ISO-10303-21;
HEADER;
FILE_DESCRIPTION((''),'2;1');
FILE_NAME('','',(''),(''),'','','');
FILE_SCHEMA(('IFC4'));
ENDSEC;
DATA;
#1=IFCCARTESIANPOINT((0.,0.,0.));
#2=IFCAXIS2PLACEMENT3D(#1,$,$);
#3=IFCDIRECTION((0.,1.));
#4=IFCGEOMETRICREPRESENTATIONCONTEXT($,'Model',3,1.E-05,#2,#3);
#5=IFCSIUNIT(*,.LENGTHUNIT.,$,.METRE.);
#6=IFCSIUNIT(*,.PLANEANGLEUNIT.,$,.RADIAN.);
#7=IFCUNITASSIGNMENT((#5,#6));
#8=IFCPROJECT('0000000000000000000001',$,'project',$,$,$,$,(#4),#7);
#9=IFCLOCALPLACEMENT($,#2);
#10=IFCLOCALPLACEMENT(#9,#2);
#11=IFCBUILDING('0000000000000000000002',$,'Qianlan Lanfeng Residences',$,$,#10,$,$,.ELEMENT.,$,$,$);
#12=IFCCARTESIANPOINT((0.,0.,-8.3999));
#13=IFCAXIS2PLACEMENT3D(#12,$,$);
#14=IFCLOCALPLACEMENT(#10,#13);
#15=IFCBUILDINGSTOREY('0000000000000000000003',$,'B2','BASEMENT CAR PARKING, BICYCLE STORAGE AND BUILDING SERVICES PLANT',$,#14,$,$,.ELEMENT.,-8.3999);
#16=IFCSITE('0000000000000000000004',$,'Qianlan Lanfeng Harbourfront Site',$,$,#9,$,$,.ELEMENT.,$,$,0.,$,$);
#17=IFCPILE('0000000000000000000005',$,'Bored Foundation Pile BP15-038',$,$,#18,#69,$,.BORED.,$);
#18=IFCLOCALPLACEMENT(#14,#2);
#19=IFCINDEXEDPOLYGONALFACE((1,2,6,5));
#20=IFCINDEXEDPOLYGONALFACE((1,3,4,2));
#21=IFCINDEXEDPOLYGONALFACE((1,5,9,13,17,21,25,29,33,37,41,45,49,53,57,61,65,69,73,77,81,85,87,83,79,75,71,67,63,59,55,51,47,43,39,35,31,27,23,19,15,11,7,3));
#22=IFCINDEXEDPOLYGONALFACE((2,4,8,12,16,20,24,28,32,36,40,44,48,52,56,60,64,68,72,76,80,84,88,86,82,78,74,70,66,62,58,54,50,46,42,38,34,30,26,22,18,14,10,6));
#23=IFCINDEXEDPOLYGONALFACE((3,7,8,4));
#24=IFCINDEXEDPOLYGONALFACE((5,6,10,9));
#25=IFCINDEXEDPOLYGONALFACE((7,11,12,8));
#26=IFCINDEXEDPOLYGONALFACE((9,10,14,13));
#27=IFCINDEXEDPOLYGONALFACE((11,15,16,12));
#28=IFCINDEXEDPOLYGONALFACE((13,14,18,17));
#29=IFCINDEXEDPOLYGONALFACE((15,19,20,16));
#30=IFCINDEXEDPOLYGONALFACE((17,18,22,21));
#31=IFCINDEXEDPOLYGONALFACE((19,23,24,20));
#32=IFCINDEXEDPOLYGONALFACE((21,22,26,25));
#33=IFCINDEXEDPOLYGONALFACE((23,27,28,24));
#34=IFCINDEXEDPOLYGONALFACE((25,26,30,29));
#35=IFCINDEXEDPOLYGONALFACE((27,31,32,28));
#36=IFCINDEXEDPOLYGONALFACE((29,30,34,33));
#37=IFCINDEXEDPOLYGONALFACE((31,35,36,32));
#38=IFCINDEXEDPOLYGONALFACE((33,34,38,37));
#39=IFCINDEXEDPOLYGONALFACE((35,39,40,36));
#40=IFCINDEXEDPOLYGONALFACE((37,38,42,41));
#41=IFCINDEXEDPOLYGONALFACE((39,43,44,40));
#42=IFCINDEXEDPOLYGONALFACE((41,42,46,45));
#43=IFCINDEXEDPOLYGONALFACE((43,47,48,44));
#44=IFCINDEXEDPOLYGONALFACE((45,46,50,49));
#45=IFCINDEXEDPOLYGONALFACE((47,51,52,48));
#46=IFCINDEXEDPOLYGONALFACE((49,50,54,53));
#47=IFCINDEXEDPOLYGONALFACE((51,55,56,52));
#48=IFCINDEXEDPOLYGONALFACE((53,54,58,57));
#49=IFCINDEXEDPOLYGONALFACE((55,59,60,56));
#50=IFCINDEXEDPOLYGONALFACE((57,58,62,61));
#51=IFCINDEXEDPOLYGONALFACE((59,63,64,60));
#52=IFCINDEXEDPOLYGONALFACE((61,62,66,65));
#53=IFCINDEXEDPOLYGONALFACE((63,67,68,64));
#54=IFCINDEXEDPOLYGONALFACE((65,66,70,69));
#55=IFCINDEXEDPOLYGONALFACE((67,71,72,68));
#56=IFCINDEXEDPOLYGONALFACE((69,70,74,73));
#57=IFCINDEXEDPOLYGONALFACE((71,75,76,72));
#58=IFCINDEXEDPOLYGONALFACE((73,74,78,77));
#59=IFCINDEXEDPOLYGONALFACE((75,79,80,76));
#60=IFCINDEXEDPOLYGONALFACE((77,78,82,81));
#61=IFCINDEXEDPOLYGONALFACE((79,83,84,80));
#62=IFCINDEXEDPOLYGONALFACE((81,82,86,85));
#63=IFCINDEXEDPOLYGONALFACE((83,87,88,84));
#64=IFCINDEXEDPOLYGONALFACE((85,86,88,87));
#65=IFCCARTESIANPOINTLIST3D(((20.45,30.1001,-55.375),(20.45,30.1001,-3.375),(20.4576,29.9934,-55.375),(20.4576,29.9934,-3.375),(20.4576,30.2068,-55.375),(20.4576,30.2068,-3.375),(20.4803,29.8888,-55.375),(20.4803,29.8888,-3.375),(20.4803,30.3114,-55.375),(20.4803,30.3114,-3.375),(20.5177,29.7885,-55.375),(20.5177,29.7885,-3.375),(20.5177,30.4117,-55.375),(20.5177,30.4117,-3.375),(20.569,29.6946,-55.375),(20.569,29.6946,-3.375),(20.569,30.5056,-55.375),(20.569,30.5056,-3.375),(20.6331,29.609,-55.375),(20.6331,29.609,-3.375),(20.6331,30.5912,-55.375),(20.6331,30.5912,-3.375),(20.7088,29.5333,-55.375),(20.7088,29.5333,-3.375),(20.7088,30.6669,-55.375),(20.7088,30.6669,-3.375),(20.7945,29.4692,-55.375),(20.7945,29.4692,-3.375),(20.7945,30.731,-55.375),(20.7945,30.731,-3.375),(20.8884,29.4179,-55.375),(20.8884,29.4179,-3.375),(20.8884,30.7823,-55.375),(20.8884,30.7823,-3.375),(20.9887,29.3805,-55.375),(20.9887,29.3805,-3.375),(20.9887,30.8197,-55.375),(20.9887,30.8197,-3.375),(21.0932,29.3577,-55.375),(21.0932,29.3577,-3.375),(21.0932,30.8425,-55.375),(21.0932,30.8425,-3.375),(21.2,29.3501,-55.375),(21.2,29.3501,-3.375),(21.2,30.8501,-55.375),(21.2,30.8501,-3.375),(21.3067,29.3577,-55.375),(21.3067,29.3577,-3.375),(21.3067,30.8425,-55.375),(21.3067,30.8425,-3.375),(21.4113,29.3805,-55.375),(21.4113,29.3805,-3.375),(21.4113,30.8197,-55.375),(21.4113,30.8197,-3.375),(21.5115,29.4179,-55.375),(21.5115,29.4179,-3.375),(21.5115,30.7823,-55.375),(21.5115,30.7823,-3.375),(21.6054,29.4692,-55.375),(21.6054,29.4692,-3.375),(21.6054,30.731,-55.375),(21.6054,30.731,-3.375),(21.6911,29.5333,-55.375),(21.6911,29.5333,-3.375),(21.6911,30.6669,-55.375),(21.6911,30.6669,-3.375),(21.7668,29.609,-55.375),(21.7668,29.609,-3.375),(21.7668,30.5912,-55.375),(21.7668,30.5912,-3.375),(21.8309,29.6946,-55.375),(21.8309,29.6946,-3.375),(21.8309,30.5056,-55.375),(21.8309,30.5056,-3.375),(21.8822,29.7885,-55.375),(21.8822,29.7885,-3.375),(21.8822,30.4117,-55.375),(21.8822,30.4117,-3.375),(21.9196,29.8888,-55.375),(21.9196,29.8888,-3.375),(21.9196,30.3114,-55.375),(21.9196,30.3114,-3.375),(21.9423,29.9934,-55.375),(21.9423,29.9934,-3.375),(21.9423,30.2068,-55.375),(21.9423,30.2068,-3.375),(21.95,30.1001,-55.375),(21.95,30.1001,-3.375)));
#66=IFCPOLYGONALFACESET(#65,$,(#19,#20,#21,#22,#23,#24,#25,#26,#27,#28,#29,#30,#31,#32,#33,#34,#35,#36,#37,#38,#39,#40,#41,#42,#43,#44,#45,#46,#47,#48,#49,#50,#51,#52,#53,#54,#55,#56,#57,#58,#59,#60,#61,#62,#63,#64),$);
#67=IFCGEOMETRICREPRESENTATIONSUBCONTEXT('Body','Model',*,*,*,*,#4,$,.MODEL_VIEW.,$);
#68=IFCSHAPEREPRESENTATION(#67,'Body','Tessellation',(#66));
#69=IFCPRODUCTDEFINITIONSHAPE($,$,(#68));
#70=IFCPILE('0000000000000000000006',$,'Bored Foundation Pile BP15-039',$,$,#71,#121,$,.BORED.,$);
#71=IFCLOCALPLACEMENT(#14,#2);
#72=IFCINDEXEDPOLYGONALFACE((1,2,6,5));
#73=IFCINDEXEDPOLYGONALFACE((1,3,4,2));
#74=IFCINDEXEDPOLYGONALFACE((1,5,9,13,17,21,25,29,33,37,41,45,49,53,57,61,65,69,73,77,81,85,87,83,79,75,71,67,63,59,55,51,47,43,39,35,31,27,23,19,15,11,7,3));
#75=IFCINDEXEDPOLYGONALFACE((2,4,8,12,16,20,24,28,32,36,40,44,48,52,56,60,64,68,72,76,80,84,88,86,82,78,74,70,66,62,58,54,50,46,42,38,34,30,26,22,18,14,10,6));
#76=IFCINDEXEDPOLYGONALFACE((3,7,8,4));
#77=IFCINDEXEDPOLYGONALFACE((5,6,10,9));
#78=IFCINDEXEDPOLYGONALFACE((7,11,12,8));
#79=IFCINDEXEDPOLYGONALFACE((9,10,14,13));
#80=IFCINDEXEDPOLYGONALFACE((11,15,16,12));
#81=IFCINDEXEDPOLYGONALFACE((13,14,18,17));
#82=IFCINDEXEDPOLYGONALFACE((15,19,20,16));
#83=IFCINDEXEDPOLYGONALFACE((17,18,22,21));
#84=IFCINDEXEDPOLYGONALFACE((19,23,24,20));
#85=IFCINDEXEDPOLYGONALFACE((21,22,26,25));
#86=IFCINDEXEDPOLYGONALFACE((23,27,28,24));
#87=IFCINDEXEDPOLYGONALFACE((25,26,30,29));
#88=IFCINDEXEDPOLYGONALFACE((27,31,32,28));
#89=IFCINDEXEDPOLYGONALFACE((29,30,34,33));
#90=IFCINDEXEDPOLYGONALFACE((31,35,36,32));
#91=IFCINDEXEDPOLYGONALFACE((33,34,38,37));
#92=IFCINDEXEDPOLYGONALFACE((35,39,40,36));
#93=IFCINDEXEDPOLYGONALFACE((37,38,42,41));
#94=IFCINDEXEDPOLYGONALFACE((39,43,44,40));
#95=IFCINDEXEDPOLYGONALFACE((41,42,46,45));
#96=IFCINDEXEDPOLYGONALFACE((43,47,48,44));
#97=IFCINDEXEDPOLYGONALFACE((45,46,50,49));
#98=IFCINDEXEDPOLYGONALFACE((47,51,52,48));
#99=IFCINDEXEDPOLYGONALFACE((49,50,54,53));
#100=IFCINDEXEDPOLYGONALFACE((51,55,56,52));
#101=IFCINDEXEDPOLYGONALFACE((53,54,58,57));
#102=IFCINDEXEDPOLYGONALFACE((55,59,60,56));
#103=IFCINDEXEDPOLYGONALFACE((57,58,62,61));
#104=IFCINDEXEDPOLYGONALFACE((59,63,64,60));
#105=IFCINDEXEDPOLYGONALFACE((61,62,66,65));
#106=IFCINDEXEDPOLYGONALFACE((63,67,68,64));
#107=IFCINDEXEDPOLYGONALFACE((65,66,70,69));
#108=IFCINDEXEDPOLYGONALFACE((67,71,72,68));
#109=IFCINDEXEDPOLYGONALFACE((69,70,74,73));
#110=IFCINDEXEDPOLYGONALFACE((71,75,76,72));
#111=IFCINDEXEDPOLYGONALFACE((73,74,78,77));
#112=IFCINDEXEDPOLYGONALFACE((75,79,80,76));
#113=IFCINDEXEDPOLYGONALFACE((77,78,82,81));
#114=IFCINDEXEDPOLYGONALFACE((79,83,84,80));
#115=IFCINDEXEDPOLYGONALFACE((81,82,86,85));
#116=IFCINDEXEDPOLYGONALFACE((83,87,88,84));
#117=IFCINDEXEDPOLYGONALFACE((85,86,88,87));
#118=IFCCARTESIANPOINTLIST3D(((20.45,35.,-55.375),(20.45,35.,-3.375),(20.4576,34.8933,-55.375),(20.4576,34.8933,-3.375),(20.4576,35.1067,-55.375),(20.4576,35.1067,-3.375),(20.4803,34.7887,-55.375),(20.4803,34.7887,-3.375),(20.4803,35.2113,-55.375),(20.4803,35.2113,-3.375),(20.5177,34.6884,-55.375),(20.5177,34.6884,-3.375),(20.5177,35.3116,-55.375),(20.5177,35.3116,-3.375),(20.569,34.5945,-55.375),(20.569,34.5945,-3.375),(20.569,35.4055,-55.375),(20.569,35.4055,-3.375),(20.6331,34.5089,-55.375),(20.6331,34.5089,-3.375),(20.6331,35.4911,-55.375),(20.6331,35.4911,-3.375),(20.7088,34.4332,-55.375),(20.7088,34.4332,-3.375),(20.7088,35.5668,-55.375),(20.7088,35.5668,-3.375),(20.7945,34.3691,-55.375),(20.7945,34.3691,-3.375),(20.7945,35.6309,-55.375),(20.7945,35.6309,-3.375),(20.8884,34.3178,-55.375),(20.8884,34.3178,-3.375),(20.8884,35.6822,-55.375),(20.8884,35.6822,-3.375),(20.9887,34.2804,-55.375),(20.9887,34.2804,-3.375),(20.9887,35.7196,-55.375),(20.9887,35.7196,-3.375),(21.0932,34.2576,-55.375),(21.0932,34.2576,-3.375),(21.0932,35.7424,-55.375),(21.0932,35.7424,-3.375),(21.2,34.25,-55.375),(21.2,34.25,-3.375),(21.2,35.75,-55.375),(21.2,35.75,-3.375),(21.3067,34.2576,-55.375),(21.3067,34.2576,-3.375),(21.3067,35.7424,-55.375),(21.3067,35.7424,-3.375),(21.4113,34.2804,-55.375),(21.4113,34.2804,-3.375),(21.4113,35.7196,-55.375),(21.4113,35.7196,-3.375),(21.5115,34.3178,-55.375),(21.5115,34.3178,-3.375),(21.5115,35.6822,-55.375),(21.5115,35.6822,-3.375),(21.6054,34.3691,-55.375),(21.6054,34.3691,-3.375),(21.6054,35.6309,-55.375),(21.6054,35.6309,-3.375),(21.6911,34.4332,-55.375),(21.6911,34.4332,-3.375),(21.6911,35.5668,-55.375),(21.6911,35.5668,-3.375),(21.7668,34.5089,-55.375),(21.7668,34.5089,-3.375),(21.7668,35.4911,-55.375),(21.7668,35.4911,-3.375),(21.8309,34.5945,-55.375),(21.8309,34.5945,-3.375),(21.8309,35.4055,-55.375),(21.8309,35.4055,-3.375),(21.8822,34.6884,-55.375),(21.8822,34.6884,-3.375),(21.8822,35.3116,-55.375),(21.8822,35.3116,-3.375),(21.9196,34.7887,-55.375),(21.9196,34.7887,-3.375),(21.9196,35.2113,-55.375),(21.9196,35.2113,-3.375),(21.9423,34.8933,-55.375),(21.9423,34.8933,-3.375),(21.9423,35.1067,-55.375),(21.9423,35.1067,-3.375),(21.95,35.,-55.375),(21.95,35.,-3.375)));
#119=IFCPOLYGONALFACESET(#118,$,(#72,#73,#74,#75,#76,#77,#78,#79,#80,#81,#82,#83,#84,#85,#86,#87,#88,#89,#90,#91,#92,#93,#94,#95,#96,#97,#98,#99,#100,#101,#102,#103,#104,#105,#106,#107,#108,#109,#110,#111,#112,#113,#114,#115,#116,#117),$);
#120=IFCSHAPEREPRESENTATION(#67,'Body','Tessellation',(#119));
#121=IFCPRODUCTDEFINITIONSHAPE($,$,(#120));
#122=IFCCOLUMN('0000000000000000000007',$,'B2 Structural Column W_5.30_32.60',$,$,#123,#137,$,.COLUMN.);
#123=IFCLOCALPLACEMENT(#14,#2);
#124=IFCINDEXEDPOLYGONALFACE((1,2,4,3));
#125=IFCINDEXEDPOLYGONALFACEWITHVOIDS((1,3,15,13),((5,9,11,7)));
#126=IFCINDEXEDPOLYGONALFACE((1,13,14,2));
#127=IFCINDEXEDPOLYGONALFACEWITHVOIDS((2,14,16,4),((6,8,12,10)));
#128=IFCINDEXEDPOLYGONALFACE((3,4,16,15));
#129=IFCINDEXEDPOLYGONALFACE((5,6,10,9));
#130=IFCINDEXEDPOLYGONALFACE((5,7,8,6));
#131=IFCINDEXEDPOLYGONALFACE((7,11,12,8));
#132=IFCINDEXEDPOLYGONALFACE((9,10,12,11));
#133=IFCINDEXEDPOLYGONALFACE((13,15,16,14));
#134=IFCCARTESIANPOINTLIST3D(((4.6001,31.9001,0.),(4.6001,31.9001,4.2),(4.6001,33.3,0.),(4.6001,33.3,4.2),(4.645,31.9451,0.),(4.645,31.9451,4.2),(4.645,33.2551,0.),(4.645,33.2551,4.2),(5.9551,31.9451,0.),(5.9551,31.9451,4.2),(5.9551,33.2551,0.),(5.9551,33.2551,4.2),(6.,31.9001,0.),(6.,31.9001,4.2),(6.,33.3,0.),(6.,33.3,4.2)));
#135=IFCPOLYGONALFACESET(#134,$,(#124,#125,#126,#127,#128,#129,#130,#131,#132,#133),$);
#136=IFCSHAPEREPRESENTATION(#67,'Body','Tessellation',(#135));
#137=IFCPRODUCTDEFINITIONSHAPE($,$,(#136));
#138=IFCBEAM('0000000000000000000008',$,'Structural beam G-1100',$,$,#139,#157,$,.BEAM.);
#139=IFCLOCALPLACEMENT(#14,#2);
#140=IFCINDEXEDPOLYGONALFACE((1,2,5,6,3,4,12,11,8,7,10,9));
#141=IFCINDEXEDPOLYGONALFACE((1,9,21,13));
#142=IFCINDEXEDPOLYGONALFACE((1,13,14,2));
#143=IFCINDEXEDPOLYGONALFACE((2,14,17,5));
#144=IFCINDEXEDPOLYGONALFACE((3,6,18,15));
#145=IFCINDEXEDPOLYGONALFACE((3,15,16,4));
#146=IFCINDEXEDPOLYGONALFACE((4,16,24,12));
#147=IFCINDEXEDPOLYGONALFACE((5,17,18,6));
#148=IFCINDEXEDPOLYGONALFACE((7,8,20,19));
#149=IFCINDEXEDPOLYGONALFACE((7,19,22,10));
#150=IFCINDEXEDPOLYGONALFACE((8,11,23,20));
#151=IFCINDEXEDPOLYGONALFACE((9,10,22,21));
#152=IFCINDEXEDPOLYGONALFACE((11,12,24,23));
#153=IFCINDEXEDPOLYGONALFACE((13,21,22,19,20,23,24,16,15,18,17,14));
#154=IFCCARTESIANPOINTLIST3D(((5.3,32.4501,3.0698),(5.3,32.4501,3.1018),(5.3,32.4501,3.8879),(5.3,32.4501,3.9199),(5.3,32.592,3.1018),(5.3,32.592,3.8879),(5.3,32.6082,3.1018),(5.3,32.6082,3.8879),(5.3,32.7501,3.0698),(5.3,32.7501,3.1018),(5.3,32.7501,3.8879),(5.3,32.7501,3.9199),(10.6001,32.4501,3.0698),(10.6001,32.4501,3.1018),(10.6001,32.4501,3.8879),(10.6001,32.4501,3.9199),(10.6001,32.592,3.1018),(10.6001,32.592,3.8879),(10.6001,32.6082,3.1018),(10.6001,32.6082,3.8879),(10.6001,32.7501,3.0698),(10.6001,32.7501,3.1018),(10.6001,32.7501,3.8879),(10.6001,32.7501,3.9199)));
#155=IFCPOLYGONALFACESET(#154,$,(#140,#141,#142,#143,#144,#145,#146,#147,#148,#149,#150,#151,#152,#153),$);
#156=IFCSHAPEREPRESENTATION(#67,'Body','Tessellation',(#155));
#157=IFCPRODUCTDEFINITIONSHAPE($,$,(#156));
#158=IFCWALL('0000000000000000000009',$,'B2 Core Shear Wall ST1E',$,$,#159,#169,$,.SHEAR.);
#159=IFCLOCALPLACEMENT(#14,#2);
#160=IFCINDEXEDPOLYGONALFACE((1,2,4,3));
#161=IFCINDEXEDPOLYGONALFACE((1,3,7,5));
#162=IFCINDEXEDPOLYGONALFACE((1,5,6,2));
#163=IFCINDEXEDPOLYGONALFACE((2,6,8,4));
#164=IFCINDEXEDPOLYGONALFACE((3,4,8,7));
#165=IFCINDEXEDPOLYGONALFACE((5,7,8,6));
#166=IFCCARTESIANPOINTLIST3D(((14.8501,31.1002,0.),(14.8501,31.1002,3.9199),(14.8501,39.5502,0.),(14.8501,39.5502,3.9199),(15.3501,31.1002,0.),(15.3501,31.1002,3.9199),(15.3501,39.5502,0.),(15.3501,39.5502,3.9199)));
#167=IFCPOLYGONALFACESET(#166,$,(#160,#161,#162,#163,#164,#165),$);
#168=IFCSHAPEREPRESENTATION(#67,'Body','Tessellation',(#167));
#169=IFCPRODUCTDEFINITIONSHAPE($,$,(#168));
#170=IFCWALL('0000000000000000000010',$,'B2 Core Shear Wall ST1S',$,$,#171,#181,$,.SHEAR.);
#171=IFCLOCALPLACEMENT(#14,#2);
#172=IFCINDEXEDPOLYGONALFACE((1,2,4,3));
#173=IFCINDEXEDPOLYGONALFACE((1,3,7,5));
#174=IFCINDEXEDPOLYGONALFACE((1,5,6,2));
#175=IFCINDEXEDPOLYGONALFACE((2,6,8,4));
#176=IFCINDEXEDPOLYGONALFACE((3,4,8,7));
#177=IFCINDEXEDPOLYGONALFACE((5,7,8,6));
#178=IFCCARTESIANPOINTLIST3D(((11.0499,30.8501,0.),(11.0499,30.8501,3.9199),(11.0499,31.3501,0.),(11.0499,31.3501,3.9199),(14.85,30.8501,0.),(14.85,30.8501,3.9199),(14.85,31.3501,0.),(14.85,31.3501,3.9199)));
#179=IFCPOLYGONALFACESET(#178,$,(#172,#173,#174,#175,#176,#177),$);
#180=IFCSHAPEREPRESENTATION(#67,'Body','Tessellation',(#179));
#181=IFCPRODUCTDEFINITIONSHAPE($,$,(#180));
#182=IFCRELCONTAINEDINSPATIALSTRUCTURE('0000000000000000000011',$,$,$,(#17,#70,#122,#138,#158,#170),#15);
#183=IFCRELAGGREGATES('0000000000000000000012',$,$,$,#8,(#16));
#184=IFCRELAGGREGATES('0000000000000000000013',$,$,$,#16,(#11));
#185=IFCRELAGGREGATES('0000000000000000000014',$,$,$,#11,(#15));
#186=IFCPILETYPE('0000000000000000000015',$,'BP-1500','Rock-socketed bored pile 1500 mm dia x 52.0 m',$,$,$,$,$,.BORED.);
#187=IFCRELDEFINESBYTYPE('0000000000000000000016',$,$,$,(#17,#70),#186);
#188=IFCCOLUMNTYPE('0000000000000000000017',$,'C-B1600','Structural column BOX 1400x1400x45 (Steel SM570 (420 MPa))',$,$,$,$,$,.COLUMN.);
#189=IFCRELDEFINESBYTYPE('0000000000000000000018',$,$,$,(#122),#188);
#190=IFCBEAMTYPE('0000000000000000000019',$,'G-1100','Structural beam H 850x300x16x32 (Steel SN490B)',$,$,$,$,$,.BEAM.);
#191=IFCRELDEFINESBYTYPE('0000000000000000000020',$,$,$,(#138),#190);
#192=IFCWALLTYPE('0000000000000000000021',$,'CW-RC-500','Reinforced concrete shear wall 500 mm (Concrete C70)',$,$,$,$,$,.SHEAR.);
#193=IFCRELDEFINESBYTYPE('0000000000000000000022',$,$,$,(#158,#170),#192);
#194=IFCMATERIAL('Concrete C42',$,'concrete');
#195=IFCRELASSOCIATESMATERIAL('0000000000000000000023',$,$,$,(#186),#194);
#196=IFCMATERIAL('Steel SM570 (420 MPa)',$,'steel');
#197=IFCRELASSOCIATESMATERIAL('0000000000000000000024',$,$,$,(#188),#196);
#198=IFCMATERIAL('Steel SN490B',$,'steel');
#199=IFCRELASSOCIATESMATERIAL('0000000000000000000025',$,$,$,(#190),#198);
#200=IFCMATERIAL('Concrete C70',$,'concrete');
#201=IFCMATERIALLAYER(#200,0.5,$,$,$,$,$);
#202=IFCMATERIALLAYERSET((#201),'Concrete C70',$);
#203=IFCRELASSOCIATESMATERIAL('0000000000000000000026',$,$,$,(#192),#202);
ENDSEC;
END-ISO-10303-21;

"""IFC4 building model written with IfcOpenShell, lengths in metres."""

from ifc_helpers import new_model, si_unit, direction, frame, frame_2d, origin, origin_2d, place, context, subcontext, project, spatial, rectangle, hollow_rectangle, circle, i_section, extrude, material, layer, layer_set, material_profile, profile_set, type_object, element, save


model = new_model("IFC4")

# Units and contexts
model_context = context("Model", 3, precision=1e-05, world=origin(), true_north=direction((0.0, 1.0)))
body_context = subcontext(model_context, "Body", "Model", "MODEL_VIEW")
ifc_project = project(units=[si_unit("LENGTHUNIT", "METRE"), si_unit("PLANEANGLEUNIT", "RADIAN")], contexts=[model_context])

# Site, building, storey
site_placement = place(None, origin())
site = spatial("IfcSite", under=ifc_project, at=site_placement, Name="Qianlan Lanfeng Harbourfront Site", CompositionType="ELEMENT", RefElevation=0.0)
building_placement = place(site_placement, origin())
building = spatial("IfcBuilding", under=site, at=building_placement, Name="Qianlan Lanfeng Residences", CompositionType="ELEMENT")
storey_placement = place(building_placement, frame((0.0, 0.0, -8.3999)))
storey = spatial("IfcBuildingStorey", under=building, at=storey_placement, Name="B2", Description="BASEMENT CAR PARKING, BICYCLE STORAGE AND BUILDING SERVICES PLANT", CompositionType="ELEMENT", Elevation=-8.3999)

# Piles
ifc_material_1 = material(Name="Concrete C42", Category="concrete")
ifc_material_profile_1 = material_profile(ifc_material_1, circle(Radius=0.75, at=origin_2d()), Name="PILE D1500")
ifc_profile_set_1 = profile_set([ifc_material_profile_1], Name="Concrete C42")
pile_type = type_object("IfcPileType", Name="BP-1500", Description="Rock-socketed bored pile 1500 mm dia x 52.0 m", PredefinedType="BORED", material=ifc_profile_set_1)
for number, where, z_axis, x_axis, name in (
    (1, (21.2, 30.1001, -3.375), (0.0, 0.0, -1.0), (1.0, 0.0, 0.0), "Bored Foundation Pile BP15-038"),
    (2, (21.2, 35.0, -3.375), (0.0, 0.0, -1.0), (1.0, 0.0, 0.0), "Bored Foundation Pile BP15-039"),
):
    element("IfcPile", number, at=place(storey_placement, frame(where, z_axis=z_axis, x_axis=x_axis)), inside=storey, type_object=pile_type, Name=name, PredefinedType="BORED", context=body_context, shape_type="SweptSolid", body=[
        extrude(circle(Radius=0.75, at=origin_2d()), origin(), (0.0, 0.0, 1.0), 52.0),
    ])

# Column
ifc_material_2 = material(Name="Steel SM570 (420 MPa)", Category="steel")
ifc_material_profile_2 = material_profile(ifc_material_2, hollow_rectangle(XDim=1.3999, YDim=1.3999, WallThickness=0.0449, at=origin_2d()), Name="BOX 1400x1400x45")
ifc_profile_set_2 = profile_set([ifc_material_profile_2], Name="Steel SM570 (420 MPa)")
column_type = type_object("IfcColumnType", Name="C-B1600", Description="Structural column BOX 1400x1400x45 (Steel SM570 (420 MPa))", PredefinedType="COLUMN", material=ifc_profile_set_2)
column_placement = place(storey_placement, frame((5.3, 32.6001, 0.0), z_axis=(0.0, 0.0, 1.0), x_axis=(1.0, 0.0, 0.0)))
element("IfcColumn", 3, at=column_placement, inside=storey, type_object=column_type, Name="B2 Structural Column W_5.30_32.60", PredefinedType="COLUMN", context=body_context, shape_type="SweptSolid", body=[
    extrude(hollow_rectangle(XDim=1.3999, YDim=1.3999, WallThickness=0.0449, at=origin_2d()), origin(), (0.0, 0.0, 1.0), 4.2),
])

# Beam
ifc_material_3 = material(Name="Steel SN490B", Category="steel")
ifc_material_profile_3 = material_profile(ifc_material_3, i_section(OverallWidth=0.3, OverallDepth=0.8501, WebThickness=0.0161, FlangeThickness=0.032, at=origin_2d()), Name="H 850x300x16x32")
ifc_profile_set_3 = profile_set([ifc_material_profile_3], Name="Steel SN490B")
beam_type = type_object("IfcBeamType", Name="G-1100", Description="Structural beam H 850x300x16x32 (Steel SN490B)", PredefinedType="BEAM", material=ifc_profile_set_3)
beam_placement = place(storey_placement, frame((5.3, 32.6001, 3.4949), z_axis=(1.0, 0.0, 0.0), x_axis=(0.0, 1.0, 0.0)))
element("IfcBeam", 4, at=beam_placement, inside=storey, type_object=beam_type, Name="Structural beam G-1100", PredefinedType="BEAM", context=body_context, shape_type="SweptSolid", body=[
    extrude(i_section(OverallWidth=0.3, OverallDepth=0.8501, WebThickness=0.0161, FlangeThickness=0.032, at=origin_2d()), origin(), (0.0, 0.0, 1.0), 5.3),
])

# Walls
ifc_material_4 = material(Name="Concrete C70", Category="concrete")
ifc_layer_1 = layer(ifc_material_4, 0.5)
ifc_layer_set_1 = layer_set([ifc_layer_1], Name="Concrete C70")
wall_type_1 = type_object("IfcWallType", Name="CW-RC-500", Description="Reinforced concrete shear wall 500 mm (Concrete C70)", PredefinedType="SHEAR", material=ifc_layer_set_1)
wall_1_placement = place(storey_placement, frame((15.1001, 31.1001, 0.0), z_axis=(0.0, 0.0, 1.0), x_axis=(0.0, 1.0, 0.0)))
element("IfcWall", 5, at=wall_1_placement, inside=storey, type_object=wall_type_1, Name="B2 Core Shear Wall ST1E", PredefinedType="SHEAR", context=body_context, shape_type="SweptSolid", body=[
    extrude(rectangle(XDim=8.45, YDim=0.5, at=frame_2d((4.2251, 0.0))), origin(), (0.0, 0.0, 1.0), 3.9199),
])
wall_2_placement = place(storey_placement, frame((11.05, 31.1001, 0.0), z_axis=(0.0, 0.0, 1.0), x_axis=(1.0, 0.0, 0.0)))
element("IfcWall", 6, at=wall_2_placement, inside=storey, type_object=wall_type_1, Name="B2 Core Shear Wall ST1S", PredefinedType="SHEAR", context=body_context, shape_type="SweptSolid", body=[
    extrude(rectangle(XDim=3.8, YDim=0.5, at=frame_2d((1.8999, 0.0))), origin(), (0.0, 0.0, 1.0), 3.9199),
])

save(model, "model.ifc")
